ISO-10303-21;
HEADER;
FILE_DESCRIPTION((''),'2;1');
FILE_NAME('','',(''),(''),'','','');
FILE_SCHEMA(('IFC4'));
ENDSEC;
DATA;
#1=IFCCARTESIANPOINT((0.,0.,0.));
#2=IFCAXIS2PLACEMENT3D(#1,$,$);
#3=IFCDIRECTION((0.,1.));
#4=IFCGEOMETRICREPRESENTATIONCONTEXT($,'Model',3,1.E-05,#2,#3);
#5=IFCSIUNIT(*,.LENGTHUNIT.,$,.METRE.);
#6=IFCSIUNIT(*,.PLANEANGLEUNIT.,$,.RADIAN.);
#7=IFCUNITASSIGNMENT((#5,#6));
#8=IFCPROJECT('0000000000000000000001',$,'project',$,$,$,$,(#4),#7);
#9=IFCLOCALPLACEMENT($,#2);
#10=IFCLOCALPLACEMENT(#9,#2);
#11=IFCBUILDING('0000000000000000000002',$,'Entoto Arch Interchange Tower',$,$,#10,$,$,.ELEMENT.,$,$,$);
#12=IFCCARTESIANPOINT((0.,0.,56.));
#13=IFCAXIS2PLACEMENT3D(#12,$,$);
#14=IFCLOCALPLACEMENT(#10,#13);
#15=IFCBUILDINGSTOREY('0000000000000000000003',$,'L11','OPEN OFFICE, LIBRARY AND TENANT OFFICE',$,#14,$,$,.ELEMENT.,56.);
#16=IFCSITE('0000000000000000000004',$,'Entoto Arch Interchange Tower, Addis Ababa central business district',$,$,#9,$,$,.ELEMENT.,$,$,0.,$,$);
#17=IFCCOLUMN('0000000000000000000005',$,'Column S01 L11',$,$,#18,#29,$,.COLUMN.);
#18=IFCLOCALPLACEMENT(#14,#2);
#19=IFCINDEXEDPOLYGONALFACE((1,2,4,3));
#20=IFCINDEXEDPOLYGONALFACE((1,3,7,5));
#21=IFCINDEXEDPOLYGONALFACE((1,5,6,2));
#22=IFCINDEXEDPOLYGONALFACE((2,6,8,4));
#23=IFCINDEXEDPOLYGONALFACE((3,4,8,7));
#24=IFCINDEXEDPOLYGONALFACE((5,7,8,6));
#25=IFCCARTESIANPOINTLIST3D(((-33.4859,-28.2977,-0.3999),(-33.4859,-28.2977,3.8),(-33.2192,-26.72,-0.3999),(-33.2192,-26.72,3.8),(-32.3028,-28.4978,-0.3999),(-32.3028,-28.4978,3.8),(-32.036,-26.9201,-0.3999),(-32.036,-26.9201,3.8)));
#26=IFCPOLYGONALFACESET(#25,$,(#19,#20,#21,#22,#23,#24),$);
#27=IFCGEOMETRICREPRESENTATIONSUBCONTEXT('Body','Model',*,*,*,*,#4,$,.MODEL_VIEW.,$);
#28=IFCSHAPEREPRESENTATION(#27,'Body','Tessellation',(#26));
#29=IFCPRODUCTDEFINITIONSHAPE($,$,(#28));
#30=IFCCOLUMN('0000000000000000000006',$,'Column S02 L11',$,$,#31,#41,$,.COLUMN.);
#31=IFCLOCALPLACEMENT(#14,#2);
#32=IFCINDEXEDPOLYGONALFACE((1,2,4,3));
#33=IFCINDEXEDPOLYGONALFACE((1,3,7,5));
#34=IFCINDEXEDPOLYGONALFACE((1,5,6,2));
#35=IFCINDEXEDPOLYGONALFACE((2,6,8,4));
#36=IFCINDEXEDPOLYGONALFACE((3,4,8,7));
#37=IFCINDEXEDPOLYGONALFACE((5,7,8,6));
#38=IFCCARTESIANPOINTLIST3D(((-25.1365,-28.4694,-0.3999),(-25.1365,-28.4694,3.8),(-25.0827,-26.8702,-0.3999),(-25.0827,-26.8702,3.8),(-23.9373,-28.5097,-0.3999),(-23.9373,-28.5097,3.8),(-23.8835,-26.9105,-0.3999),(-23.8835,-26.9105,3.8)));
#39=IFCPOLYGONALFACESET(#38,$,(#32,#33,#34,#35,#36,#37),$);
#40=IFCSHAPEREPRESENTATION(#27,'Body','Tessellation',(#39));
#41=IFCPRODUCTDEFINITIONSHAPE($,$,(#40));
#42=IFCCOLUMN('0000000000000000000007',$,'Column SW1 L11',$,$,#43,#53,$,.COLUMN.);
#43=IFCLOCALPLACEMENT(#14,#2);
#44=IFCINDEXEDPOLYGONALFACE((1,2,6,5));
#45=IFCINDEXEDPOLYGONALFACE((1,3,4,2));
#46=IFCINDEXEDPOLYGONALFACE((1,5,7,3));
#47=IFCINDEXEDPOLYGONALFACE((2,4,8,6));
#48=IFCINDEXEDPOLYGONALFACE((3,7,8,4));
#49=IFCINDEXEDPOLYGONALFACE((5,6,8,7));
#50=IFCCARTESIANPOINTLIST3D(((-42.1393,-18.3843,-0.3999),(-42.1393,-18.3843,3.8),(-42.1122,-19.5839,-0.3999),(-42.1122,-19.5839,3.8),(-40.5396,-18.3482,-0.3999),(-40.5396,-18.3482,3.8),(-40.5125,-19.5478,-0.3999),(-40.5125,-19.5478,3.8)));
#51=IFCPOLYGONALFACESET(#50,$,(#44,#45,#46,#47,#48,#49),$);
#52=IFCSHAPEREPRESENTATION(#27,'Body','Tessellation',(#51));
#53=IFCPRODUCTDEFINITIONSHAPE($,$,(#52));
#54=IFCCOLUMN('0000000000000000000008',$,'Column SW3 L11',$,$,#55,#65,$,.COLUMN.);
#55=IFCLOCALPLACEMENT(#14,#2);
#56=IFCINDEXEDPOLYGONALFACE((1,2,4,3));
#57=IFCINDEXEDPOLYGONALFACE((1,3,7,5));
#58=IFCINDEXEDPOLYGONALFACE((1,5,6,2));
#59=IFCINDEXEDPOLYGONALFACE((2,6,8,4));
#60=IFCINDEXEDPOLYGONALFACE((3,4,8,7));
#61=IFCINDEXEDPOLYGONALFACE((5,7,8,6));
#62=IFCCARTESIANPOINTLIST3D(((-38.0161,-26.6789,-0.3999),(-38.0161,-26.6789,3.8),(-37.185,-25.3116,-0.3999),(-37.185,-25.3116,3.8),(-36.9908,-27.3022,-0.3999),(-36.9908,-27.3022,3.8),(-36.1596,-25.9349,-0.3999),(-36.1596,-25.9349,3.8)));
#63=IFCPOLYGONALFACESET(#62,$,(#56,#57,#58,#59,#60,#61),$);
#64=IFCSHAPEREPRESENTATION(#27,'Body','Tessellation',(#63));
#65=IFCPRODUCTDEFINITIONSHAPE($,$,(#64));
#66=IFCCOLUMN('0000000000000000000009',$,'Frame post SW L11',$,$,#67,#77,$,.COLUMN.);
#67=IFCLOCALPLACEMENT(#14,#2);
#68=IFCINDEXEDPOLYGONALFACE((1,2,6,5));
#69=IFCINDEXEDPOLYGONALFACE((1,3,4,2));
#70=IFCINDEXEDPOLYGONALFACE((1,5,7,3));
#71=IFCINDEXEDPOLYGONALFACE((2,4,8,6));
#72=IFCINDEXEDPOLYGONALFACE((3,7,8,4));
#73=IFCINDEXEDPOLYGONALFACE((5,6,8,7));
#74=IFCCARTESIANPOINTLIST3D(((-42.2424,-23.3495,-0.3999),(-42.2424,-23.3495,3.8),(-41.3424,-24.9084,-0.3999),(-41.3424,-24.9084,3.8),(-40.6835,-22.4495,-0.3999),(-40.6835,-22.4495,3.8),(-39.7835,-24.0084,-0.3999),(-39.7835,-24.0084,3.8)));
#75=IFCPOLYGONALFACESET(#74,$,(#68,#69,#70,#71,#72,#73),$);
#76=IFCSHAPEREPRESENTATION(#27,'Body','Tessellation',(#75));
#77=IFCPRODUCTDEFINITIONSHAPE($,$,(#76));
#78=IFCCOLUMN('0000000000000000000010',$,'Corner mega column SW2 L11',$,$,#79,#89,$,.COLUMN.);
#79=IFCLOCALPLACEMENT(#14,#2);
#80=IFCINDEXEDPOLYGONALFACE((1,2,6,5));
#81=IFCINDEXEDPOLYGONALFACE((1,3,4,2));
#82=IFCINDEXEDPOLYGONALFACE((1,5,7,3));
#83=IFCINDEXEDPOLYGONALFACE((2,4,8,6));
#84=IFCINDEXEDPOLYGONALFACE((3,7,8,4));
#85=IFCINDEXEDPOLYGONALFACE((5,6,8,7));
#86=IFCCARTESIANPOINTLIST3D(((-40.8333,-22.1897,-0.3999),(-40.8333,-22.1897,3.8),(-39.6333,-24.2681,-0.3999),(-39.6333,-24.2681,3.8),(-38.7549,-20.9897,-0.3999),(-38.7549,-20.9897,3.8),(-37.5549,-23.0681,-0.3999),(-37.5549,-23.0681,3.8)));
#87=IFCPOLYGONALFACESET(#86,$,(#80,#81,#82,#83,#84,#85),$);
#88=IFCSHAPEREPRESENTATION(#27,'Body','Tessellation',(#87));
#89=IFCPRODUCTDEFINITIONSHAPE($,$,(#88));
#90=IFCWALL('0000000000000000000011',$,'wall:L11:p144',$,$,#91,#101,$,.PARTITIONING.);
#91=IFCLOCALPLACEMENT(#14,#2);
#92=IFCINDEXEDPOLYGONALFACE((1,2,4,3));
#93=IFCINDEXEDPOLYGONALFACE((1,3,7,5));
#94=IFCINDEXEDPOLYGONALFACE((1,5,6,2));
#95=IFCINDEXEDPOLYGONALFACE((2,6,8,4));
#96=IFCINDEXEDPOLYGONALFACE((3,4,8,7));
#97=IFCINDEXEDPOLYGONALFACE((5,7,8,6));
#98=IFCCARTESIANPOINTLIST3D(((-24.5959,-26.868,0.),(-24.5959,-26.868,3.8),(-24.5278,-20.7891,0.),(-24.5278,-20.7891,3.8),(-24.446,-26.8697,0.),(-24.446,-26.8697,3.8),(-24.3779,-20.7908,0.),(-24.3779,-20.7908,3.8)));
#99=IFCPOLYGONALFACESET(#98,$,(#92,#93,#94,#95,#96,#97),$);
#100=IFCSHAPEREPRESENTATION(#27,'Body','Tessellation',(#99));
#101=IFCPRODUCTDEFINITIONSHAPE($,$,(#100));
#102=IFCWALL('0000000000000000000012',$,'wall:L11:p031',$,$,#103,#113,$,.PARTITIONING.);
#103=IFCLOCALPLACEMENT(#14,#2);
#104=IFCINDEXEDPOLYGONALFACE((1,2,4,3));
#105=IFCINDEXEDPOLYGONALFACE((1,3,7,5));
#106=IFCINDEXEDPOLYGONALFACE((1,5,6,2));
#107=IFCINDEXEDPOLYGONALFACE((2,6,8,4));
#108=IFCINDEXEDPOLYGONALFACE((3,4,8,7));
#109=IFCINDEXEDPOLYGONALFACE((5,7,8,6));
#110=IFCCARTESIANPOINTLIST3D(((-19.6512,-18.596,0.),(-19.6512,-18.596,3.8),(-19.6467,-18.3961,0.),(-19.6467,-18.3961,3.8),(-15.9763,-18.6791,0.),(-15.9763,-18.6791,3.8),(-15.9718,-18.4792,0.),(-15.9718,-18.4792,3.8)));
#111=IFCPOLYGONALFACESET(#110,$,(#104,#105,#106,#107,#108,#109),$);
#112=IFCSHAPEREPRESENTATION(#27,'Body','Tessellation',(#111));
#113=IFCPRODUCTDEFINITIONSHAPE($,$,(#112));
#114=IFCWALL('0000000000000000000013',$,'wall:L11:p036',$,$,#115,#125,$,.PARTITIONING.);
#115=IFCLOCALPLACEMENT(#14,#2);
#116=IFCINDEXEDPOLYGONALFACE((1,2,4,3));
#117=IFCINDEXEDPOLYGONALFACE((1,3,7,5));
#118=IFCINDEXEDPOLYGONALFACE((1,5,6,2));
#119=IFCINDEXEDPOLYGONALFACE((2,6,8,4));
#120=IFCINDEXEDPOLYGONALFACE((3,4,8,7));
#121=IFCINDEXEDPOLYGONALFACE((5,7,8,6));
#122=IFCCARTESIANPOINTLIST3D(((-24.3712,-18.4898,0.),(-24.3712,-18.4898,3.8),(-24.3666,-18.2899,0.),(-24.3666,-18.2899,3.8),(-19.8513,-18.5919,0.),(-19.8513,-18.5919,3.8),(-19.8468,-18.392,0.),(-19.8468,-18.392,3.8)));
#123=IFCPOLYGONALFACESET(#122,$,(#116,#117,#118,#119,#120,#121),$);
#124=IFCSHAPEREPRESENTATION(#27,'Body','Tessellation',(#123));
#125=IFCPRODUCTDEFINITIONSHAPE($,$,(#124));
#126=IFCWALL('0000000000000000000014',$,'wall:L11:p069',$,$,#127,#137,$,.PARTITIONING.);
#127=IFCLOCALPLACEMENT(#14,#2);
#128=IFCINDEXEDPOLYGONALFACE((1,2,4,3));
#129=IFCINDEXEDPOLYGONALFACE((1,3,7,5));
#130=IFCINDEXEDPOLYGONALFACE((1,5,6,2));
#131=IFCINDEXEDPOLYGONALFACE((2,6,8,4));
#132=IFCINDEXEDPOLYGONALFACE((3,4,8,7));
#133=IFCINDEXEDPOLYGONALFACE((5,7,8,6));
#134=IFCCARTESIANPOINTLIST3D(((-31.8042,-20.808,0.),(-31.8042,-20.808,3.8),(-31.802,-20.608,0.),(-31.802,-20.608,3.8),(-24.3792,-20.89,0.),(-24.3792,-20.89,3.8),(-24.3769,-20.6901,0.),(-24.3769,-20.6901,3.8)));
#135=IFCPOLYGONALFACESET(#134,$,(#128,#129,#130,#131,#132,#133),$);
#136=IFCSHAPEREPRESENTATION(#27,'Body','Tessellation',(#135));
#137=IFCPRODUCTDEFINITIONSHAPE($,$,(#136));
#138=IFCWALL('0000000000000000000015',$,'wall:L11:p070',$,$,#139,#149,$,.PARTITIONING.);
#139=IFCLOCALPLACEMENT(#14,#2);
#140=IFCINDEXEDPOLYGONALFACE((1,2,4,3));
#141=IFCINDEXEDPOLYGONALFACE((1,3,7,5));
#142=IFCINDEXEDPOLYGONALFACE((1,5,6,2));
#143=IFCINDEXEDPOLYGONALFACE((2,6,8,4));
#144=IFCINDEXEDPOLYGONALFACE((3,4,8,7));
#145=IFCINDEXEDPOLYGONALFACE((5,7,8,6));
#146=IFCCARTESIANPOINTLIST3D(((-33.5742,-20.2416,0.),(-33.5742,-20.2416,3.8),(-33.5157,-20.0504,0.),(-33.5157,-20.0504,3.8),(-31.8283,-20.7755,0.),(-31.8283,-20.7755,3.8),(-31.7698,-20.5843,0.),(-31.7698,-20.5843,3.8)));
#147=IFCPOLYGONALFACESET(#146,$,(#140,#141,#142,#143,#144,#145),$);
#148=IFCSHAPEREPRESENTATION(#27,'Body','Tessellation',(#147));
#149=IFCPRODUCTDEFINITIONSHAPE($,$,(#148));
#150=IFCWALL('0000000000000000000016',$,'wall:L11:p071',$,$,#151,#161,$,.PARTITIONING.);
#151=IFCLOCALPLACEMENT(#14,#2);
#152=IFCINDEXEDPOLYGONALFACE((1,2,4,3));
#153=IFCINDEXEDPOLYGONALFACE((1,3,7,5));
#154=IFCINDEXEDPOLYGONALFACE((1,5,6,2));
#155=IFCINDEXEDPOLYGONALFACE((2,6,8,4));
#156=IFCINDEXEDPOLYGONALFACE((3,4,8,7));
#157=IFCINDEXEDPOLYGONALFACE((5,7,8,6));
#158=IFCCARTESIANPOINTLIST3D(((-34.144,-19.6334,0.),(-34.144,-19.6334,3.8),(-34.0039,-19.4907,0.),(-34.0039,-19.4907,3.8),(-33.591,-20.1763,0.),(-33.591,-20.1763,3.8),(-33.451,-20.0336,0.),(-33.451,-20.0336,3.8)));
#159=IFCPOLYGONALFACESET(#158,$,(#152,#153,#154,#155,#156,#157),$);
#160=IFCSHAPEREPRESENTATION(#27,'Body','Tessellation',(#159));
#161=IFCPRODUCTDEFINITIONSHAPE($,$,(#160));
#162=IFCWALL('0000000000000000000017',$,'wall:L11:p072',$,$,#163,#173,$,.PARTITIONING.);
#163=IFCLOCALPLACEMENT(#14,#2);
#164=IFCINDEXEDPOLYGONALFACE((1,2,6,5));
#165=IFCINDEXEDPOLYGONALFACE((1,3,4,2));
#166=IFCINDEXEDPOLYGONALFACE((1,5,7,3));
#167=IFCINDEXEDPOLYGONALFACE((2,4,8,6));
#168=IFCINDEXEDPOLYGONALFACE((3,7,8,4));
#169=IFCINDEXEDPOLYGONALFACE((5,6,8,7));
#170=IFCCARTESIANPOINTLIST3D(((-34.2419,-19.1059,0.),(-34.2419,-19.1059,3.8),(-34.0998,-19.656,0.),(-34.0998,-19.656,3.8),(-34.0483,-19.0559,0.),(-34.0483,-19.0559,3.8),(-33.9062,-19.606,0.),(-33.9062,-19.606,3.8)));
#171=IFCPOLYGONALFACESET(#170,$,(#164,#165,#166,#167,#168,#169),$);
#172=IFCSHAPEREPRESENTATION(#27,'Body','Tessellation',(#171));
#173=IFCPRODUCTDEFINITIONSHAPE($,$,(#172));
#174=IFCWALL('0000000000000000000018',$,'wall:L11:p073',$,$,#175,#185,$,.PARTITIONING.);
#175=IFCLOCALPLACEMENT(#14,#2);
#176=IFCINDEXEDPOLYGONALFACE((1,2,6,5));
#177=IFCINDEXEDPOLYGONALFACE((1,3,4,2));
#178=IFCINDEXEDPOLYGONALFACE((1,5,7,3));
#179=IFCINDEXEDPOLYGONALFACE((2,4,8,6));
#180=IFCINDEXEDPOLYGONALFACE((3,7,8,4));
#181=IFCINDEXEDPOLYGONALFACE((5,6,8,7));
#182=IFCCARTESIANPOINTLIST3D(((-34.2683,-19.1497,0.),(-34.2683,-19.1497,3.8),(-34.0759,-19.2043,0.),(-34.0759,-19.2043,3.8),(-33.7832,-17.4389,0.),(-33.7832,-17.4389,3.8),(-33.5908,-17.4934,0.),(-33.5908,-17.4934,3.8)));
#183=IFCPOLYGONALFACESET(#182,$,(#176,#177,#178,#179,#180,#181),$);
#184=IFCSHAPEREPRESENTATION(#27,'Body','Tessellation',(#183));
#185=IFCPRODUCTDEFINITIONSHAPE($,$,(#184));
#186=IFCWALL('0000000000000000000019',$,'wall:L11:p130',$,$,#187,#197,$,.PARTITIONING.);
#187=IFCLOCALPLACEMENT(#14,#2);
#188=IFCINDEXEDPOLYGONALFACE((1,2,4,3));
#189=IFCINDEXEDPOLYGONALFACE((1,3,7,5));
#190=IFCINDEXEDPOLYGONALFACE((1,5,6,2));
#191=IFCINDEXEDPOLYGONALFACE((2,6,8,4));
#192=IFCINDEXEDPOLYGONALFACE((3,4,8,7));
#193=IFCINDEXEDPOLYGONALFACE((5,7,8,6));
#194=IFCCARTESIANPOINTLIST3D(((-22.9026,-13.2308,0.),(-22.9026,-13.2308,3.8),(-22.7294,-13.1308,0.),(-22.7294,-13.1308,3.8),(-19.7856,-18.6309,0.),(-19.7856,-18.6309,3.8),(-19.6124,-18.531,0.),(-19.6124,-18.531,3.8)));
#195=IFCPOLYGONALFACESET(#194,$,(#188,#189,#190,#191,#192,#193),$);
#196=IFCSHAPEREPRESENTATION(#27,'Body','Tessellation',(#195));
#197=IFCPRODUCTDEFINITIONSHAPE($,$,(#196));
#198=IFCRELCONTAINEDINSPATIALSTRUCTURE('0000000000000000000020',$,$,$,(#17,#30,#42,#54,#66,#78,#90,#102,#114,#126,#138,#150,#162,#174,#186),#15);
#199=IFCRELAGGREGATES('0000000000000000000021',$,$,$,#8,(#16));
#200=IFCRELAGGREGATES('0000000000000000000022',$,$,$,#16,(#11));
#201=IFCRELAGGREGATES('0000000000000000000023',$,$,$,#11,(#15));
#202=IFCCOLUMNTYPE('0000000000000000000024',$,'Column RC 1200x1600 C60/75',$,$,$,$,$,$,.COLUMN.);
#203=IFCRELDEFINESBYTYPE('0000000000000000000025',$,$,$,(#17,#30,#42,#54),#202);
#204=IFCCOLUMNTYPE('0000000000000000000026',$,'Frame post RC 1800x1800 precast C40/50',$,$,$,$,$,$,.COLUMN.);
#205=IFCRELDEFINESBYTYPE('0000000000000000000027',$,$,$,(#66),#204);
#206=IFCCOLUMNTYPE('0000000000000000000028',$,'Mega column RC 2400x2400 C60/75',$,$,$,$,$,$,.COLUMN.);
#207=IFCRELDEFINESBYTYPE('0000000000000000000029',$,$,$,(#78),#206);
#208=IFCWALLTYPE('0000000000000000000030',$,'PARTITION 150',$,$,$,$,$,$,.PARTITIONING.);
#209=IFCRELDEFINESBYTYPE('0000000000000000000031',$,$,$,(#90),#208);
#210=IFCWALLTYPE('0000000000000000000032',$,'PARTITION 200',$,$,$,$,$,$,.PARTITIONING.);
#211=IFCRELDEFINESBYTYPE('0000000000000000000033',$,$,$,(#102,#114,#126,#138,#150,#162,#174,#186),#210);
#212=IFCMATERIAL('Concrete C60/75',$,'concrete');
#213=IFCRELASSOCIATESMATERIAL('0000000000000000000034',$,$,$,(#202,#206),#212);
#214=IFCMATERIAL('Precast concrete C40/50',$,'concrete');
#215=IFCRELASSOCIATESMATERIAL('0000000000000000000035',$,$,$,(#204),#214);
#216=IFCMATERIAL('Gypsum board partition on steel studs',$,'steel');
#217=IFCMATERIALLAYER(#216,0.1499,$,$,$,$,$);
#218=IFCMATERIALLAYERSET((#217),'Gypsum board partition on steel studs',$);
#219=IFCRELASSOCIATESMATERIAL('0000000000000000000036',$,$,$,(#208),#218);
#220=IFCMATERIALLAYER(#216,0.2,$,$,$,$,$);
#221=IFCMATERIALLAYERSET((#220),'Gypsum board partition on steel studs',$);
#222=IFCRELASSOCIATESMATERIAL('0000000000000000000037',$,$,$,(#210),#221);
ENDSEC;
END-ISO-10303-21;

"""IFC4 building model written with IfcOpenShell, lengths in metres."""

from ifc_helpers import new_model, si_unit, direction, frame, frame_2d, origin, origin_2d, place, context, subcontext, project, spatial, rectangle, extrude, material, layer, layer_set, material_profile, profile_set, type_object, element, save


model = new_model("IFC4")

# Units and contexts
model_context = context("Model", 3, precision=1e-05, world=origin(), true_north=direction((0.0, 1.0)))
body_context = subcontext(model_context, "Body", "Model", "MODEL_VIEW")
ifc_project = project(units=[si_unit("LENGTHUNIT", "METRE"), si_unit("PLANEANGLEUNIT", "RADIAN")], contexts=[model_context])

# Site, building, storey
site_placement = place(None, origin())
site = spatial("IfcSite", under=ifc_project, at=site_placement, Name="Entoto Arch Interchange Tower, Addis Ababa central business district", CompositionType="ELEMENT", RefElevation=0.0)
building_placement = place(site_placement, origin())
building = spatial("IfcBuilding", under=site, at=building_placement, Name="Entoto Arch Interchange Tower", CompositionType="ELEMENT")
storey_placement = place(building_placement, frame((0.0, 0.0, 56.0)))
storey = spatial("IfcBuildingStorey", under=building, at=storey_placement, Name="L11", Description="OPEN OFFICE, LIBRARY AND TENANT OFFICE", CompositionType="ELEMENT", Elevation=56.0)

# Columns
ifc_material_1 = material(Name="Concrete C60/75", Category="concrete")
ifc_material_profile_1 = material_profile(ifc_material_1, rectangle(XDim=1.2, YDim=1.6001, at=origin_2d()))
ifc_profile_set_1 = profile_set([ifc_material_profile_1], Name="Concrete C60/75")
column_type_1 = type_object("IfcColumnType", Name="Column RC 1200x1600 C60/75", PredefinedType="COLUMN", material=ifc_profile_set_1)
for number, where, z_axis, x_axis, name in (
    (1, (-32.761, -27.6089, -0.3999), (0.0, 0.0, 1.0), (-0.986005, 0.166717, 0.0), "Column S01 L11"),
    (2, (-24.51, -27.6899, -0.3999), (0.0, 0.0, 1.0), (-0.999434, 0.033626, 0.0), "Column S02 L11"),
    (3, (-41.3259, -18.9661, -0.3999), (0.0, 0.0, 1.0), (-0.022565, 0.999745, 0.0), "Column SW1 L11"),
    (4, (-37.0879, -26.3069, -0.3999), (0.0, 0.0, 1.0), (-0.854522, 0.519415, 0.0), "Column SW3 L11"),
):
    element("IfcColumn", number, at=place(storey_placement, frame(where, z_axis=z_axis, x_axis=x_axis)), inside=storey, type_object=column_type_1, Name=name, PredefinedType="COLUMN", context=body_context, shape_type="SweptSolid", body=[
        extrude(rectangle(XDim=1.2, YDim=1.6001, at=origin_2d()), origin(), (0.0, 0.0, 1.0), 4.2),
    ])
ifc_material_2 = material(Name="Precast concrete C40/50", Category="concrete")
ifc_material_profile_2 = material_profile(ifc_material_2, rectangle(XDim=1.8, YDim=1.8, at=origin_2d()))
ifc_profile_set_2 = profile_set([ifc_material_profile_2], Name="Precast concrete C40/50")
column_type_2 = type_object("IfcColumnType", Name="Frame post RC 1800x1800 precast C40/50", PredefinedType="COLUMN", material=ifc_profile_set_2)
column_1_placement = place(storey_placement, frame((-41.0129, -23.679, -0.3999), z_axis=(0.0, 0.0, 1.0), x_axis=(0.866025, 0.5, 0.0)))
element("IfcColumn", 5, at=column_1_placement, inside=storey, type_object=column_type_2, Name="Frame post SW L11", PredefinedType="COLUMN", context=body_context, shape_type="SweptSolid", body=[
    extrude(rectangle(XDim=1.8, YDim=1.8, at=origin_2d()), origin(), (0.0, 0.0, 1.0), 4.2),
])
ifc_material_profile_3 = material_profile(ifc_material_1, rectangle(XDim=2.3999, YDim=2.3999, at=origin_2d()))
ifc_profile_set_3 = profile_set([ifc_material_profile_3], Name="Concrete C60/75")
column_type_3 = type_object("IfcColumnType", Name="Mega column RC 2400x2400 C60/75", PredefinedType="COLUMN", material=ifc_profile_set_3)
column_2_placement = place(storey_placement, frame((-39.1941, -22.6289, -0.3999), z_axis=(0.0, 0.0, 1.0), x_axis=(0.866025, 0.5, 0.0)))
element("IfcColumn", 6, at=column_2_placement, inside=storey, type_object=column_type_3, Name="Corner mega column SW2 L11", PredefinedType="COLUMN", context=body_context, shape_type="SweptSolid", body=[
    extrude(rectangle(XDim=2.3999, YDim=2.3999, at=origin_2d()), origin(), (0.0, 0.0, 1.0), 4.2),
])

# Walls
ifc_material_3 = material(Name="Gypsum board partition on steel studs", Category="steel")
ifc_layer_1 = layer(ifc_material_3, 0.1499)
ifc_layer_set_1 = layer_set([ifc_layer_1], Name="Gypsum board partition on steel studs")
wall_type_1 = type_object("IfcWallType", Name="PARTITION 150", PredefinedType="PARTITIONING", material=ifc_layer_set_1)
wall_1_placement = place(storey_placement, frame((-24.4529, -20.79, 0.0), z_axis=(0.0, 0.0, 1.0), x_axis=(-0.011205, -0.999937, 0.0)))
element("IfcWall", 7, at=wall_1_placement, inside=storey, type_object=wall_type_1, Name="wall:L11:p144", PredefinedType="PARTITIONING", context=body_context, shape_type="SweptSolid", body=[
    extrude(rectangle(XDim=6.0793, YDim=0.1499, at=frame_2d((3.0396, 0.0))), origin(), (0.0, 0.0, 1.0), 3.8),
])
ifc_layer_2 = layer(ifc_material_3, 0.2)
ifc_layer_set_2 = layer_set([ifc_layer_2], Name="Gypsum board partition on steel studs")
wall_type_2 = type_object("IfcWallType", Name="PARTITION 200", PredefinedType="PARTITIONING", material=ifc_layer_set_2)
wall_2_placement = place(storey_placement, frame((-19.6489, -18.4961, 0.0), z_axis=(0.0, 0.0, 1.0), x_axis=(0.999745, -0.022583, 0.0)))
element("IfcWall", 8, at=wall_2_placement, inside=storey, type_object=wall_type_2, Name="wall:L11:p031", PredefinedType="PARTITIONING", context=body_context, shape_type="SweptSolid", body=[
    extrude(rectangle(XDim=3.6758, YDim=0.2, at=frame_2d((1.8379, 0.0))), origin(), (0.0, 0.0, 1.0), 3.8),
])
wall_3_placement = place(storey_placement, frame((-24.3689, -18.3899, 0.0), z_axis=(0.0, 0.0, 1.0), x_axis=(0.999745, -0.022573, 0.0)))
element("IfcWall", 9, at=wall_3_placement, inside=storey, type_object=wall_type_2, Name="wall:L11:p036", PredefinedType="PARTITIONING", context=body_context, shape_type="SweptSolid", body=[
    extrude(rectangle(XDim=4.521, YDim=0.2, at=frame_2d((2.2605, 0.0))), origin(), (0.0, 0.0, 1.0), 3.8),
])
wall_4_placement = place(storey_placement, frame((-24.3779, -20.79, 0.0), z_axis=(0.0, 0.0, 1.0), x_axis=(-0.999939, 0.011047, 0.0)))
element("IfcWall", 10, at=wall_4_placement, inside=storey, type_object=wall_type_2, Name="wall:L11:p069", PredefinedType="PARTITIONING", context=body_context, shape_type="SweptSolid", body=[
    extrude(rectangle(XDim=7.4255, YDim=0.2, at=frame_2d((3.7129, 0.0))), origin(), (0.0, 0.0, 1.0), 3.8),
])
wall_5_placement = place(storey_placement, frame((-31.7991, -20.6799, 0.0), z_axis=(0.0, 0.0, 1.0), x_axis=(-0.956278, 0.29246, 0.0)))
element("IfcWall", 11, at=wall_5_placement, inside=storey, type_object=wall_type_2, Name="wall:L11:p070", PredefinedType="PARTITIONING", context=body_context, shape_type="SweptSolid", body=[
    extrude(rectangle(XDim=1.8257, YDim=0.2, at=frame_2d((0.9128, 0.0))), origin(), (0.0, 0.0, 1.0), 3.8),
])
wall_6_placement = place(storey_placement, frame((-33.521, -20.105, 0.0), z_axis=(0.0, 0.0, 1.0), x_axis=(-0.713535, 0.700619, 0.0)))
element("IfcWall", 12, at=wall_6_placement, inside=storey, type_object=wall_type_2, Name="wall:L11:p071", PredefinedType="PARTITIONING", context=body_context, shape_type="SweptSolid", body=[
    extrude(rectangle(XDim=0.7749, YDim=0.2, at=frame_2d((0.3875, 0.0))), origin(), (0.0, 0.0, 1.0), 3.8),
])
wall_7_placement = place(storey_placement, frame((-34.0029, -19.6311, 0.0), z_axis=(0.0, 0.0, 1.0), x_axis=(-0.250112, 0.968217, 0.0)))
element("IfcWall", 13, at=wall_7_placement, inside=storey, type_object=wall_type_2, Name="wall:L11:p072", PredefinedType="PARTITIONING", context=body_context, shape_type="SweptSolid", body=[
    extrude(rectangle(XDim=0.5681, YDim=0.2, at=frame_2d((0.2842, 0.0))), origin(), (0.0, 0.0, 1.0), 3.8),
])
wall_8_placement = place(storey_placement, frame((-34.1721, -19.177, 0.0), z_axis=(0.0, 0.0, 1.0), x_axis=(0.27278, 0.962076, 0.0)))
element("IfcWall", 14, at=wall_8_placement, inside=storey, type_object=wall_type_2, Name="wall:L11:p073", PredefinedType="PARTITIONING", context=body_context, shape_type="SweptSolid", body=[
    extrude(rectangle(XDim=1.7783, YDim=0.2, at=frame_2d((0.8892, 0.0))), origin(), (0.0, 0.0, 1.0), 3.8),
])
wall_9_placement = place(storey_placement, frame((-19.699, -18.5811, 0.0), z_axis=(0.0, 0.0, 1.0), x_axis=(-0.4999, 0.866083, 0.0)))
element("IfcWall", 15, at=wall_9_placement, inside=storey, type_object=wall_type_2, Name="wall:L11:p130", PredefinedType="PARTITIONING", context=body_context, shape_type="SweptSolid", body=[
    extrude(rectangle(XDim=6.2351, YDim=0.2, at=frame_2d((3.1177, 0.0))), origin(), (0.0, 0.0, 1.0), 3.8),
])

save(model, "model.ifc")
